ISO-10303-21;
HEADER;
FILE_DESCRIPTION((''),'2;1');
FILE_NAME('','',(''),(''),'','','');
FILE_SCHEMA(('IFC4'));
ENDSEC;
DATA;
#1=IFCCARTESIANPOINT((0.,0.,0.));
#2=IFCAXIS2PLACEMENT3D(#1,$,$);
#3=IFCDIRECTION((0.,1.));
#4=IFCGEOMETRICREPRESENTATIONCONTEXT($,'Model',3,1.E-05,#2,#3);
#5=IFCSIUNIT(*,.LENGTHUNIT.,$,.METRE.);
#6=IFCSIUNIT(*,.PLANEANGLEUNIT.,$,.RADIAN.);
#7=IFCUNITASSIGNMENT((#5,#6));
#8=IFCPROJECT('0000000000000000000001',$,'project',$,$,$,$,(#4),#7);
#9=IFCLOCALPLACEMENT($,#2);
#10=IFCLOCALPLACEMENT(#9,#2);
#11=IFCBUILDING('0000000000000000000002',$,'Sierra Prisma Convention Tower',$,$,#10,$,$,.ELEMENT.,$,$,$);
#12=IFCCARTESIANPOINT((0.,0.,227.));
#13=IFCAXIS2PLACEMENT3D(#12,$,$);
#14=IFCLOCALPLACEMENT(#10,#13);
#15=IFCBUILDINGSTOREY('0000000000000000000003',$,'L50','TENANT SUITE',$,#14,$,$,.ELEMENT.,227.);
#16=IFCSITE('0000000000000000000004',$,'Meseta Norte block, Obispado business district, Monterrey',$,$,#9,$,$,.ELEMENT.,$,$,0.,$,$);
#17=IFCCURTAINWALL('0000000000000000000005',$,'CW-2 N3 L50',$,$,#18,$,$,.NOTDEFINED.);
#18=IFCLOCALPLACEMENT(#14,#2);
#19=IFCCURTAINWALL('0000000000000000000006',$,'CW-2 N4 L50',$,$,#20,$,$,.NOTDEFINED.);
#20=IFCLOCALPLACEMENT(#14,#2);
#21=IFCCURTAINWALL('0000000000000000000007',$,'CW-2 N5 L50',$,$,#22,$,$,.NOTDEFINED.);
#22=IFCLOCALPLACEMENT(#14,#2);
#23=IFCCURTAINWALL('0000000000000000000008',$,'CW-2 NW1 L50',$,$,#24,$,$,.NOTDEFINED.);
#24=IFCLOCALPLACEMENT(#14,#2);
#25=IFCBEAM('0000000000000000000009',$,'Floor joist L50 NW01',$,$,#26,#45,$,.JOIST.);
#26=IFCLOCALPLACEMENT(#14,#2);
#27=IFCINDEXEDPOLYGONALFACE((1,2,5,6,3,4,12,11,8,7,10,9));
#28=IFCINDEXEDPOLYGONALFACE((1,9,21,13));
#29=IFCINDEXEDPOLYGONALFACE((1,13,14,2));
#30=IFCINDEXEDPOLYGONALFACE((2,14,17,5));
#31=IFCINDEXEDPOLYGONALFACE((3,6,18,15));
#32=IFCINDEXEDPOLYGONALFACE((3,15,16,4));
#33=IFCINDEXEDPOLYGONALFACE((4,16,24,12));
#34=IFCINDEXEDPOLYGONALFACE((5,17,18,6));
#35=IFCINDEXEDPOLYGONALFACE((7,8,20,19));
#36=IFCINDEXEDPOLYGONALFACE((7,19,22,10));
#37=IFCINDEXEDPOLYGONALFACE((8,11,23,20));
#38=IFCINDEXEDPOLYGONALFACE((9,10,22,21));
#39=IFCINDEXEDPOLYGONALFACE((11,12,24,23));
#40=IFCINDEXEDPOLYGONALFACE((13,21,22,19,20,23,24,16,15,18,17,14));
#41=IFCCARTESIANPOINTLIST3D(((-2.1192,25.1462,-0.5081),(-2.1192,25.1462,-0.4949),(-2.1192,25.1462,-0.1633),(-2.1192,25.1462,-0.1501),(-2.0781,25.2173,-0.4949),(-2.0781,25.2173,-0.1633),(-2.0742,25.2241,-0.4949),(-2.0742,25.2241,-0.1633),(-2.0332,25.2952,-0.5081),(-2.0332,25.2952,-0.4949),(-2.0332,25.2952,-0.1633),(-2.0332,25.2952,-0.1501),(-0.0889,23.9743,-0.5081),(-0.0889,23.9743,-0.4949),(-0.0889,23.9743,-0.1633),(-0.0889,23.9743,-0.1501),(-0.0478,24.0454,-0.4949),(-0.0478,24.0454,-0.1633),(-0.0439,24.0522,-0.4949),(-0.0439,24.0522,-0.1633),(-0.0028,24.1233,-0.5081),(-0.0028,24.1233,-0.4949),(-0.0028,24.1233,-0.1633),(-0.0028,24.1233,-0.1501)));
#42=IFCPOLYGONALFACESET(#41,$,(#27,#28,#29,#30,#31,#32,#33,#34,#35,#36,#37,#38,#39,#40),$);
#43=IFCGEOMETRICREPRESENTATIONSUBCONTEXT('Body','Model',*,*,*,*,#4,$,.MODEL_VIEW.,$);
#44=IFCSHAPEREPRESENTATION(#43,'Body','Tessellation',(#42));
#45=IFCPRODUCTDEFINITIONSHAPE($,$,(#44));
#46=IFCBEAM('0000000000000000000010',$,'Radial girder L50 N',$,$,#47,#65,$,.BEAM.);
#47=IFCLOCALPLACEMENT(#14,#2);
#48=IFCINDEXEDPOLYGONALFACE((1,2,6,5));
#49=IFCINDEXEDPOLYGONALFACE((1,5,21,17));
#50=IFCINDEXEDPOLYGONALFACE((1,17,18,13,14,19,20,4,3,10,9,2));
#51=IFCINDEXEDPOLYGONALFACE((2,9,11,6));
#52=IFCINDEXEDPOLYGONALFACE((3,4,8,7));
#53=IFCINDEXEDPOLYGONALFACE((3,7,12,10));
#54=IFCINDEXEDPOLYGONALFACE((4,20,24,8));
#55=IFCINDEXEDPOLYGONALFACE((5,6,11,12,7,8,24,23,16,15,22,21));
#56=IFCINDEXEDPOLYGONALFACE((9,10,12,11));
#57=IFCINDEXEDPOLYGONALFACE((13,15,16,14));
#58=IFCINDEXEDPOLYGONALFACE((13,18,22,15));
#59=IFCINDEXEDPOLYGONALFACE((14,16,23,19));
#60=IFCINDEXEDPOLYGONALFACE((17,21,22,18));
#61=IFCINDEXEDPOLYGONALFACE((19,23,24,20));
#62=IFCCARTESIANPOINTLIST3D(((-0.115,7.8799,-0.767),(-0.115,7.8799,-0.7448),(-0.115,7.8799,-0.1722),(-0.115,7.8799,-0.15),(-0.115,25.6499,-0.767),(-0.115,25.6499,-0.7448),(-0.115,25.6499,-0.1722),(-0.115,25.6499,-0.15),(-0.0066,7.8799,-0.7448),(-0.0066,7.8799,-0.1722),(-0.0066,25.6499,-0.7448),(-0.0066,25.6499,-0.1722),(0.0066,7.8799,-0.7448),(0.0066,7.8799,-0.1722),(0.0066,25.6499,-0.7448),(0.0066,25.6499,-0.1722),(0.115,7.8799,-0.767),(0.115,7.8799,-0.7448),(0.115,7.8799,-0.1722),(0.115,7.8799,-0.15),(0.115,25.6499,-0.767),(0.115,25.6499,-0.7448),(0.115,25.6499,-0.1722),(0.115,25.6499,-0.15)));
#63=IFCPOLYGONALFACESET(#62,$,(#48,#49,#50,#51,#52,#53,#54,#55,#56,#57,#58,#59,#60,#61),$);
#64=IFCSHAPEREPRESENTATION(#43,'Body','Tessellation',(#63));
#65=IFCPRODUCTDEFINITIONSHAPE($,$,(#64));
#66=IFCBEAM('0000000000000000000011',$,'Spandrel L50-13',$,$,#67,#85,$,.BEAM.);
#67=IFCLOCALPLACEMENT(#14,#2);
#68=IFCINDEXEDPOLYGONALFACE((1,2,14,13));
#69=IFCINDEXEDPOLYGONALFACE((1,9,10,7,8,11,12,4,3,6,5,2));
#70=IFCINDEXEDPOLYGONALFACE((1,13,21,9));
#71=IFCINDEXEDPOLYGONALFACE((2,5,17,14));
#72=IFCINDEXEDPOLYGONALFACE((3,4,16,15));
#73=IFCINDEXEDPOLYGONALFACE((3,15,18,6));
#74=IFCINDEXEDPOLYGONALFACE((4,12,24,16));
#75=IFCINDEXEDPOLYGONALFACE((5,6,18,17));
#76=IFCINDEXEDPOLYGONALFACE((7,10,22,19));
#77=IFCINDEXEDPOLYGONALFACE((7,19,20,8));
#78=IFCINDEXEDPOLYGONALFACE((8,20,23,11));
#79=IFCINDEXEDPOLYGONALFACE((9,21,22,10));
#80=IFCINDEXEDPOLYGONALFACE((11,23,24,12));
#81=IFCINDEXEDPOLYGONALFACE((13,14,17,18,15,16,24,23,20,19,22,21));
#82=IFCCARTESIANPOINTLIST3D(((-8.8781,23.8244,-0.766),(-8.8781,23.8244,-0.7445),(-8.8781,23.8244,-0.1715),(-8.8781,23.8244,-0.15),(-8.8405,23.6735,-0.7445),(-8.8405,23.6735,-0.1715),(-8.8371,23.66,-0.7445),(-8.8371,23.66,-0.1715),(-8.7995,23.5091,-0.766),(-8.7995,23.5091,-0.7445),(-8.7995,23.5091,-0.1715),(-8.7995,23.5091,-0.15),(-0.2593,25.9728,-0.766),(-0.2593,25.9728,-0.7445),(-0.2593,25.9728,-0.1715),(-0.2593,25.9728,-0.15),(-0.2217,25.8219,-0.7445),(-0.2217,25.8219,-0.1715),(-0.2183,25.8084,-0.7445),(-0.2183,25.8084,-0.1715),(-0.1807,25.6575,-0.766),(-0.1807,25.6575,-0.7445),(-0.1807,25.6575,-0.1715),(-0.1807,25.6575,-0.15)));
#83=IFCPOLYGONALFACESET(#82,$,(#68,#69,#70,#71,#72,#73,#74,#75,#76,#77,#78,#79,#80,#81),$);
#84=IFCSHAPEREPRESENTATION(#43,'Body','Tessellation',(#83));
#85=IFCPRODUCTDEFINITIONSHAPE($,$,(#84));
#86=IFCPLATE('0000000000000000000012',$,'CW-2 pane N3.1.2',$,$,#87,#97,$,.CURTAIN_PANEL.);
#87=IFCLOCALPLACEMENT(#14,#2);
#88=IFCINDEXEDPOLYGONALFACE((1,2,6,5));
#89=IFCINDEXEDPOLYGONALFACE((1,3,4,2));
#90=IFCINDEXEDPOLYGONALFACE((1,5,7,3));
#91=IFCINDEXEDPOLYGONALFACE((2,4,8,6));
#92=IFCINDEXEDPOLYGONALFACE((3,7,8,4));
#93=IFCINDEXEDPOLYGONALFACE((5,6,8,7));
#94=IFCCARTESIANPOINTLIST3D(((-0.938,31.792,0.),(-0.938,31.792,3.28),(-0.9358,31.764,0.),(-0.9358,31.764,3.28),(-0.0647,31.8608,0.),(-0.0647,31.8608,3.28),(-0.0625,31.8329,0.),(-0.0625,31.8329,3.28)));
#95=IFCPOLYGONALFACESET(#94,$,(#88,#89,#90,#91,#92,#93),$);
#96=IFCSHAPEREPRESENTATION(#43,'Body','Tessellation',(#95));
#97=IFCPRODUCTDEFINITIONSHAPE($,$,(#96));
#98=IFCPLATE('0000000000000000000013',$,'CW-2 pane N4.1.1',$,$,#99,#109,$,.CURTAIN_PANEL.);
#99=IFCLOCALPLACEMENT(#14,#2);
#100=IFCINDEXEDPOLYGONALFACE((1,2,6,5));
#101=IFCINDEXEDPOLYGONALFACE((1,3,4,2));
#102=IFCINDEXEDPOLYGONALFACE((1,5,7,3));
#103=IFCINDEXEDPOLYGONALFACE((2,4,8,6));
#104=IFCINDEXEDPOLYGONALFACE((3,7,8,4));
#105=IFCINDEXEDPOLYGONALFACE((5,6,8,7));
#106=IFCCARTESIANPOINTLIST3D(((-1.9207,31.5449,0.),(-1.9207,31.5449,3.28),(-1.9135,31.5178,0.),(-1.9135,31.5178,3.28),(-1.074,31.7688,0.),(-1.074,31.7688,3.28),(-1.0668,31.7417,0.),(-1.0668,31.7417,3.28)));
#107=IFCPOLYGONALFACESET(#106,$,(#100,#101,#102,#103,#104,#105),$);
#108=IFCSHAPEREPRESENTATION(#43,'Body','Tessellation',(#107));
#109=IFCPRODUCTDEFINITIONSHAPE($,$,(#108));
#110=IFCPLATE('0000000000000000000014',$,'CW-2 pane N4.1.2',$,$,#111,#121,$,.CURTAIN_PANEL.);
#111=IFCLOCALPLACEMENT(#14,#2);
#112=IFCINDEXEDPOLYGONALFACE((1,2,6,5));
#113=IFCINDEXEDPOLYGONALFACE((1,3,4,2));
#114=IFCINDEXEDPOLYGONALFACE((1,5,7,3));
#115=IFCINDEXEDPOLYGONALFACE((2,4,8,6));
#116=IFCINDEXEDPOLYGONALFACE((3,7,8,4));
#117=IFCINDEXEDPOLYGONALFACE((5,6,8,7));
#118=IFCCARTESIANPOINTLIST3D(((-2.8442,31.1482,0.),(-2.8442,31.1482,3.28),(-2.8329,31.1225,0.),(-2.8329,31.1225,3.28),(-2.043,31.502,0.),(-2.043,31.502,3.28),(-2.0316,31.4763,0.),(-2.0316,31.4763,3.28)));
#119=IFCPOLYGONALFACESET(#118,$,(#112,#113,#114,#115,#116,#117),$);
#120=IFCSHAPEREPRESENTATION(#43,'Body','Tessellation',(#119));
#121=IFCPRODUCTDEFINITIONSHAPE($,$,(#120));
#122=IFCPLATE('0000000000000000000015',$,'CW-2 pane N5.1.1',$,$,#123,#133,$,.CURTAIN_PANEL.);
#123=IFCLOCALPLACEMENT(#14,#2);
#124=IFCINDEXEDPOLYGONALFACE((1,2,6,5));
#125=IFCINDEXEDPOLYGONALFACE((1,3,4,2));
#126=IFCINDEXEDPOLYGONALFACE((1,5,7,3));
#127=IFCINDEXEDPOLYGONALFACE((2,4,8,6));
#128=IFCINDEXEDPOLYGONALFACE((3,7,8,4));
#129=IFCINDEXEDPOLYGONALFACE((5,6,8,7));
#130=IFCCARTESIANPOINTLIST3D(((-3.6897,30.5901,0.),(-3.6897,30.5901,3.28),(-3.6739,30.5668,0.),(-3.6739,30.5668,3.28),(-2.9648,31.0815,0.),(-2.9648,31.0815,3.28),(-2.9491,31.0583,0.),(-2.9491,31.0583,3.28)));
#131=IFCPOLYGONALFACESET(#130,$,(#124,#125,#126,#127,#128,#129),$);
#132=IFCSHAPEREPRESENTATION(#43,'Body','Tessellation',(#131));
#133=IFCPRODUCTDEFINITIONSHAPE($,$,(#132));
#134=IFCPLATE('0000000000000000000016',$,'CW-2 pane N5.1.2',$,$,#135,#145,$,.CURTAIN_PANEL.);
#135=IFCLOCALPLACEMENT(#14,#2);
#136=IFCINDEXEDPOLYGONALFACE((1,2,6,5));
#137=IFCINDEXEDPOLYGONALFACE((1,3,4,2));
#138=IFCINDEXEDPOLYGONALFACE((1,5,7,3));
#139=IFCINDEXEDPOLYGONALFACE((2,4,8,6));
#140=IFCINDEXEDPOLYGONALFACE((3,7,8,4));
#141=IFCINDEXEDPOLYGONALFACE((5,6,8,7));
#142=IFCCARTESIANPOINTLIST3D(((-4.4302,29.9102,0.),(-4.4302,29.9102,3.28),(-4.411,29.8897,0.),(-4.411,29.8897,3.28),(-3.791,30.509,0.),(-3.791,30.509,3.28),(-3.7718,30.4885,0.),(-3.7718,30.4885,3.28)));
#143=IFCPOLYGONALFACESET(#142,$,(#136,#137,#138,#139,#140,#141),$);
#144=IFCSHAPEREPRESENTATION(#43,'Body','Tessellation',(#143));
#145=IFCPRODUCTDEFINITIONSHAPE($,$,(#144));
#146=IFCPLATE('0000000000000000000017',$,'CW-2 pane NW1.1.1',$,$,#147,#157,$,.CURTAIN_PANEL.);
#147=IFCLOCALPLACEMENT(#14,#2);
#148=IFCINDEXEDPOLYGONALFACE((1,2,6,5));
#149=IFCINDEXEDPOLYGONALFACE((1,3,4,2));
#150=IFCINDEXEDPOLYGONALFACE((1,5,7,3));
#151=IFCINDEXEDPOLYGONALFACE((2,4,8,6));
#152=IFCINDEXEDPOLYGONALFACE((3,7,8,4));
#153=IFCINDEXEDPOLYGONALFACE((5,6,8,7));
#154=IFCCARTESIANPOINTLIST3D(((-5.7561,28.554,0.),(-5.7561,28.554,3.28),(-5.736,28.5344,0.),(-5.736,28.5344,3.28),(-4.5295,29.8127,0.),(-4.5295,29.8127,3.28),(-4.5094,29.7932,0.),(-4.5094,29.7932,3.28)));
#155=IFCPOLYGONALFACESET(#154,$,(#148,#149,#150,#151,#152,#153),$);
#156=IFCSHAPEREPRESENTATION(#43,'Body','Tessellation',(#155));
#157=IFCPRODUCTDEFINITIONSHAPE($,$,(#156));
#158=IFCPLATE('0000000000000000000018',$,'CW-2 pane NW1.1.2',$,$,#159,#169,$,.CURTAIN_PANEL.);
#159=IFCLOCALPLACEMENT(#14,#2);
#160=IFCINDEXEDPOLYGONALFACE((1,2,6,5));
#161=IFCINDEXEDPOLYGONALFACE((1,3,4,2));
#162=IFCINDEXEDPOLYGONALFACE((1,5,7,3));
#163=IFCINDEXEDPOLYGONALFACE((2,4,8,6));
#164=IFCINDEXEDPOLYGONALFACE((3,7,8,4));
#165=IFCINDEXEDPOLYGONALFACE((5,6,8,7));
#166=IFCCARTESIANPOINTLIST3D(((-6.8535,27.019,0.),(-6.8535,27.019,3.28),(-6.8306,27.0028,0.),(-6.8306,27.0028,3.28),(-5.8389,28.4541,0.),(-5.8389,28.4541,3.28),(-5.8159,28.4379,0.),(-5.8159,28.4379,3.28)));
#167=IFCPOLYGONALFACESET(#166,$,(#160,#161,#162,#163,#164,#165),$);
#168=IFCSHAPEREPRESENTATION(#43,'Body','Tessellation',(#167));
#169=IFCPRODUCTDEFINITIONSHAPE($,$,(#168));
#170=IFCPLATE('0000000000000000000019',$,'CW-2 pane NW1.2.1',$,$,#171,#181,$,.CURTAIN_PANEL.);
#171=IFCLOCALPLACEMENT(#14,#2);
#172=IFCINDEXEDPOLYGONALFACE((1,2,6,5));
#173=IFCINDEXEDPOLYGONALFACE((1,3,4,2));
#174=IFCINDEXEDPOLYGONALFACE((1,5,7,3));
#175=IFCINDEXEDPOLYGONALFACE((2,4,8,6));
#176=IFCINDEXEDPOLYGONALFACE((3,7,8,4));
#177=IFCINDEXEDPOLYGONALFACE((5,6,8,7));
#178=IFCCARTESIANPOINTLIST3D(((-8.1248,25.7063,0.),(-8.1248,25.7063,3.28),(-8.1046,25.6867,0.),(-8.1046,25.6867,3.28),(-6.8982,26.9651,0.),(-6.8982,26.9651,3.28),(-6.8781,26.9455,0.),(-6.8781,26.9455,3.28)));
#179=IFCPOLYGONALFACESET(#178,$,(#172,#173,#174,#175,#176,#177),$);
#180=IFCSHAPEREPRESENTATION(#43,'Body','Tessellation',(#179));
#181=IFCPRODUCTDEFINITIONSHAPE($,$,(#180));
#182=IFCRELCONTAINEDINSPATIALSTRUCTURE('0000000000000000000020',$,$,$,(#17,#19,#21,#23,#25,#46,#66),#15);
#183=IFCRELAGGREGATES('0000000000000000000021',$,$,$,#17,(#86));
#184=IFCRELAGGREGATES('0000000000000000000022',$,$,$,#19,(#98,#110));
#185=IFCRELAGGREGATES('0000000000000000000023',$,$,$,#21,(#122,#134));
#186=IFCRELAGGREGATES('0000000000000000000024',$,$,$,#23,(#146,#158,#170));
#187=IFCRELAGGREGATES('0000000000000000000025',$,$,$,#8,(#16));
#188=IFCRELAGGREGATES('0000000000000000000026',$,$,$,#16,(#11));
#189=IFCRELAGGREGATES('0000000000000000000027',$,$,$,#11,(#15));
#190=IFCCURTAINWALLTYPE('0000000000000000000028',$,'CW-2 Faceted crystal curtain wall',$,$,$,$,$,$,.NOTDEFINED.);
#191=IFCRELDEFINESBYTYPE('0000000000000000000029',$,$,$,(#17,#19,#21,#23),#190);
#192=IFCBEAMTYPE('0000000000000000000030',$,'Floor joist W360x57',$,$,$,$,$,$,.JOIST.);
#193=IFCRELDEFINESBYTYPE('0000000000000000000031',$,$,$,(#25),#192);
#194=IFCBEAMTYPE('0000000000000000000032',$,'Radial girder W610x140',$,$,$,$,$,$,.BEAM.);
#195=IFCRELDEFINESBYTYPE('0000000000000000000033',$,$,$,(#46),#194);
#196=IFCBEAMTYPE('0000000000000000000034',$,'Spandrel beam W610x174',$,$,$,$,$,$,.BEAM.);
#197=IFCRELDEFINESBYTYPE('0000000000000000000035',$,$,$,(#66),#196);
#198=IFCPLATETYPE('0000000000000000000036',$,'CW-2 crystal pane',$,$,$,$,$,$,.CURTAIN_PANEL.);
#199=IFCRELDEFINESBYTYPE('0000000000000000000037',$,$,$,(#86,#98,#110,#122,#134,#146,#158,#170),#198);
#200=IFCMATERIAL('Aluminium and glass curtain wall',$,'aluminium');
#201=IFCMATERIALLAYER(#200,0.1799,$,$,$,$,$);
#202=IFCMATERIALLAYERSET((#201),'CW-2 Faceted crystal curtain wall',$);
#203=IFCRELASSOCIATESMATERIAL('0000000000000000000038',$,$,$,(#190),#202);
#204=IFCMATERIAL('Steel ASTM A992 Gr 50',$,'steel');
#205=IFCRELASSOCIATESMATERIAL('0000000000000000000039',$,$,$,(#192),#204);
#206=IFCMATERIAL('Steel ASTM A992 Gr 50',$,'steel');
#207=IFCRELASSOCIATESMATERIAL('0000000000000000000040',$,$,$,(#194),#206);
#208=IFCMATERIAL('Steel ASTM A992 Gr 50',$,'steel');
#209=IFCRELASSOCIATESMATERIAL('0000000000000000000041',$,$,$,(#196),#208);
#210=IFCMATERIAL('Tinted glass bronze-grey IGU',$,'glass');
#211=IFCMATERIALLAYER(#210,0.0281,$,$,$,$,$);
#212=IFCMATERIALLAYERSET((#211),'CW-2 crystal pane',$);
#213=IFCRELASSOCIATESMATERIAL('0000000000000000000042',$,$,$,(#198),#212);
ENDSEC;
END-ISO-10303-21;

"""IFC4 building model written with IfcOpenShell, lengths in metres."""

from ifc_helpers import new_model, si_unit, direction, frame, origin, origin_2d, place, context, subcontext, project, spatial, polyline, i_section, outline, extrude, material, layer, layer_set, material_profile, profile_set, type_object, element, aggregate, save


model = new_model("IFC4")

# Units and contexts
model_context = context("Model", 3, precision=1e-05, world=origin(), true_north=direction((0.0, 1.0)))
body_context = subcontext(model_context, "Body", "Model", "MODEL_VIEW")
ifc_project = project(units=[si_unit("LENGTHUNIT", "METRE"), si_unit("PLANEANGLEUNIT", "RADIAN")], contexts=[model_context])

# Site, building, storey
site_placement = place(None, origin())
site = spatial("IfcSite", under=ifc_project, at=site_placement, Name="Meseta Norte block, Obispado business district, Monterrey", CompositionType="ELEMENT", RefElevation=0.0)
building_placement = place(site_placement, origin())
building = spatial("IfcBuilding", under=site, at=building_placement, Name="Sierra Prisma Convention Tower", CompositionType="ELEMENT")
storey_placement = place(building_placement, frame((0.0, 0.0, 227.0)))
storey = spatial("IfcBuildingStorey", under=building, at=storey_placement, Name="L50", Description="TENANT SUITE", CompositionType="ELEMENT", Elevation=227.0)

# Curtain walls
ifc_material_1 = material(Name="Aluminium and glass curtain wall", Category="aluminium")
ifc_layer_1 = layer(ifc_material_1, 0.1799)
ifc_layer_set_1 = layer_set([ifc_layer_1], Name="CW-2 Faceted crystal curtain wall")
curtain_wall_type = type_object("IfcCurtainWallType", Name="CW-2 Faceted crystal curtain wall", PredefinedType="NOTDEFINED", material=ifc_layer_set_1)
curtain_wall_1_placement = place(storey_placement, origin())
curtain_wall_1 = element("IfcCurtainWall", 1, at=curtain_wall_1_placement, inside=storey, type_object=curtain_wall_type, Name="CW-2 N3 L50", PredefinedType="NOTDEFINED")
curtain_wall_2_placement = place(storey_placement, origin())
curtain_wall_2 = element("IfcCurtainWall", 2, at=curtain_wall_2_placement, inside=storey, type_object=curtain_wall_type, Name="CW-2 N4 L50", PredefinedType="NOTDEFINED")
curtain_wall_3_placement = place(storey_placement, origin())
curtain_wall_3 = element("IfcCurtainWall", 3, at=curtain_wall_3_placement, inside=storey, type_object=curtain_wall_type, Name="CW-2 N5 L50", PredefinedType="NOTDEFINED")

# Curtain wall
curtain_wall_4_placement = place(storey_placement, origin())
curtain_wall_4 = element("IfcCurtainWall", 4, at=curtain_wall_4_placement, inside=storey, type_object=curtain_wall_type, Name="CW-2 NW1 L50", PredefinedType="NOTDEFINED")

# Beams
ifc_material_2 = material(Name="Steel ASTM A992 Gr 50", Category="steel")
ifc_material_profile_1 = material_profile(ifc_material_2, i_section(OverallWidth=0.1721, OverallDepth=0.3579, WebThickness=0.0078, FlangeThickness=0.0132, at=origin_2d()), Name="W360x57")
ifc_profile_set_1 = profile_set([ifc_material_profile_1], Name="Steel ASTM A992 Gr 50")
beam_type_1 = type_object("IfcBeamType", Name="Floor joist W360x57", PredefinedType="JOIST", material=ifc_profile_set_1)
beam_1_placement = place(storey_placement, frame((-2.0762, 25.2207, -0.3291), z_axis=(0.866082, -0.499903, 0.0), x_axis=(0.499903, 0.866082, 0.0)))
element("IfcBeam", 5, at=beam_1_placement, inside=storey, type_object=beam_type_1, Name="Floor joist L50 NW01", PredefinedType="JOIST", context=body_context, shape_type="SweptSolid", body=[
    extrude(i_section(OverallWidth=0.1721, OverallDepth=0.3579, WebThickness=0.0078, FlangeThickness=0.0132, at=origin_2d()), origin(), (0.0, 0.0, 1.0), 2.3442),
])
ifc_material_3 = material(Name="Steel ASTM A992 Gr 50", Category="steel")
ifc_material_profile_2 = material_profile(ifc_material_3, i_section(OverallWidth=0.23, OverallDepth=0.6169, WebThickness=0.0132, FlangeThickness=0.0222, at=origin_2d()), Name="W610x140")
ifc_profile_set_2 = profile_set([ifc_material_profile_2], Name="Steel ASTM A992 Gr 50")
beam_type_2 = type_object("IfcBeamType", Name="Radial girder W610x140", PredefinedType="BEAM", material=ifc_profile_set_2)
beam_2_placement = place(storey_placement, frame((0.0, 25.6499, -0.4585), z_axis=(0.0, -1.0, 0.0), x_axis=(1.0, 0.0, 0.0)))
element("IfcBeam", 6, at=beam_2_placement, inside=storey, type_object=beam_type_2, Name="Radial girder L50 N", PredefinedType="BEAM", context=body_context, shape_type="SweptSolid", body=[
    extrude(i_section(OverallWidth=0.23, OverallDepth=0.6169, WebThickness=0.0132, FlangeThickness=0.0222, at=origin_2d()), origin(), (0.0, 0.0, 1.0), 17.77),
])
ifc_material_4 = material(Name="Steel ASTM A992 Gr 50", Category="steel")
ifc_material_profile_3 = material_profile(ifc_material_4, i_section(OverallWidth=0.325, OverallDepth=0.616, WebThickness=0.0139, FlangeThickness=0.0215, at=origin_2d()), Name="W610x174")
ifc_profile_set_3 = profile_set([ifc_material_profile_3], Name="Steel ASTM A992 Gr 50")
beam_type_3 = type_object("IfcBeamType", Name="Spandrel beam W610x174", PredefinedType="BEAM", material=ifc_profile_set_3)
beam_3_placement = place(storey_placement, frame((-0.22, 25.8152, -0.458), z_axis=(-0.970309, -0.241869, 0.0), x_axis=(0.241869, -0.970309, 0.0)))
element("IfcBeam", 7, at=beam_3_placement, inside=storey, type_object=beam_type_3, Name="Spandrel L50-13", PredefinedType="BEAM", context=body_context, shape_type="SweptSolid", body=[
    extrude(i_section(OverallWidth=0.325, OverallDepth=0.616, WebThickness=0.0139, FlangeThickness=0.0215, at=origin_2d()), origin(), (0.0, 0.0, 1.0), 8.8826),
])

# Plates
ifc_material_5 = material(Name="Tinted glass bronze-grey IGU", Category="glass")
ifc_layer_2 = layer(ifc_material_5, 0.0281)
ifc_layer_set_2 = layer_set([ifc_layer_2], Name="CW-2 crystal pane")
plate_type = type_object("IfcPlateType", Name="CW-2 crystal pane", PredefinedType="CURTAIN_PANEL", material=ifc_layer_set_2)
plate_1_placement = place(storey_placement, frame((-0.938, 31.792, 0.0), z_axis=(-0.078593, 0.996907, 0.0), x_axis=(0.996907, 0.078593, 0.0)))
plate_1 = element("IfcPlate", 8, at=plate_1_placement, type_object=plate_type, Name="CW-2 pane N3.1.2", PredefinedType="CURTAIN_PANEL", context=body_context, shape_type="SweptSolid", body=[
    extrude(outline(polyline([(0.0, 0.0), (0.876, 0.0), (0.876, -3.28), (0.0, -3.28), (0.0, 0.0)])), origin(), (0.0, 0.0, -1.0), 0.0281),
])
aggregate(curtain_wall_1, [plate_1])
plate_2_placement = place(storey_placement, frame((-1.074, 31.7688, 0.0), z_axis=(-0.255632, 0.966774, 0.0), x_axis=(-0.966774, -0.255632, 0.0)))
plate_2 = element("IfcPlate", 9, at=plate_2_placement, type_object=plate_type, Name="CW-2 pane N4.1.1", PredefinedType="CURTAIN_PANEL", context=body_context, shape_type="SweptSolid", body=[
    extrude(outline(polyline([(0.0, 0.0), (0.8758, 0.0), (0.8758, 3.28), (0.0, 3.28), (0.0, 0.0)])), origin(), (0.0, 0.0, -1.0), 0.0281),
])
plate_3_placement = place(storey_placement, frame((-2.8442, 31.1482, 0.0), z_axis=(-0.403887, 0.914809, 0.0), x_axis=(0.914809, 0.403887, 0.0)))
plate_3 = element("IfcPlate", 10, at=plate_3_placement, type_object=plate_type, Name="CW-2 pane N4.1.2", PredefinedType="CURTAIN_PANEL", context=body_context, shape_type="SweptSolid", body=[
    extrude(outline(polyline([(0.0, 0.0), (0.8759, 0.0), (0.8759, -3.28), (0.0, -3.28), (0.0, 0.0)])), origin(), (0.0, 0.0, -1.0), 0.0281),
])
aggregate(curtain_wall_2, [plate_2, plate_3])
plate_4_placement = place(storey_placement, frame((-2.9648, 31.0815, 0.0), z_axis=(-0.561181, 0.827693, 0.0), x_axis=(-0.827693, -0.561181, 0.0)))
plate_4 = element("IfcPlate", 11, at=plate_4_placement, type_object=plate_type, Name="CW-2 pane N5.1.1", PredefinedType="CURTAIN_PANEL", context=body_context, shape_type="SweptSolid", body=[
    extrude(outline(polyline([(0.0, 0.0), (0.8758, 0.0), (0.8758, 3.28), (0.0, 3.28), (0.0, 0.0)])), origin(), (0.0, 0.0, -1.0), 0.0281),
])
plate_5_placement = place(storey_placement, frame((-4.4302, 29.9102, 0.0), z_axis=(-0.683737, 0.729728, 0.0), x_axis=(0.729728, 0.683737, 0.0)))
plate_5 = element("IfcPlate", 12, at=plate_5_placement, type_object=plate_type, Name="CW-2 pane N5.1.2", PredefinedType="CURTAIN_PANEL", context=body_context, shape_type="SweptSolid", body=[
    extrude(outline(polyline([(0.0, 0.0), (0.8759, 0.0), (0.8759, -3.28), (0.0, -3.28), (0.0, 0.0)])), origin(), (0.0, 0.0, -1.0), 0.0281),
])
aggregate(curtain_wall_3, [plate_4, plate_5])
plate_6_placement = place(storey_placement, frame((-4.5295, 29.8127, 0.0), z_axis=(-0.716215, 0.697879, 0.0), x_axis=(-0.697879, -0.716215, 0.0)))
plate_6 = element("IfcPlate", 13, at=plate_6_placement, type_object=plate_type, Name="CW-2 pane NW1.1.1", PredefinedType="CURTAIN_PANEL", context=body_context, shape_type="SweptSolid", body=[
    extrude(outline(polyline([(0.0, 0.0), (1.7576, 0.0), (1.7576, 3.28), (0.0, 3.28), (0.0, 0.0)])), origin(), (0.0, 0.0, -1.0), 0.0281),
])
plate_7_placement = place(storey_placement, frame((-6.8535, 27.019, 0.0), z_axis=(-0.816521, 0.577316, 0.0), x_axis=(0.577316, 0.816521, 0.0)))
plate_7 = element("IfcPlate", 14, at=plate_7_placement, type_object=plate_type, Name="CW-2 pane NW1.1.2", PredefinedType="CURTAIN_PANEL", context=body_context, shape_type="SweptSolid", body=[
    extrude(outline(polyline([(0.0, 0.0), (1.7575, 0.0), (1.7575, -3.28), (0.0, -3.28), (0.0, 0.0)])), origin(), (0.0, 0.0, -1.0), 0.0281),
])
plate_8_placement = place(storey_placement, frame((-6.8982, 26.9651, 0.0), z_axis=(-0.716215, 0.697879, 0.0), x_axis=(-0.697879, -0.716215, 0.0)))
plate_8 = element("IfcPlate", 15, at=plate_8_placement, type_object=plate_type, Name="CW-2 pane NW1.2.1", PredefinedType="CURTAIN_PANEL", context=body_context, shape_type="SweptSolid", body=[
    extrude(outline(polyline([(0.0, 0.0), (1.7576, 0.0), (1.7576, 3.28), (0.0, 3.28), (0.0, 0.0)])), origin(), (0.0, 0.0, -1.0), 0.0281),
])
aggregate(curtain_wall_4, [plate_6, plate_7, plate_8])

save(model, "model.ifc")
